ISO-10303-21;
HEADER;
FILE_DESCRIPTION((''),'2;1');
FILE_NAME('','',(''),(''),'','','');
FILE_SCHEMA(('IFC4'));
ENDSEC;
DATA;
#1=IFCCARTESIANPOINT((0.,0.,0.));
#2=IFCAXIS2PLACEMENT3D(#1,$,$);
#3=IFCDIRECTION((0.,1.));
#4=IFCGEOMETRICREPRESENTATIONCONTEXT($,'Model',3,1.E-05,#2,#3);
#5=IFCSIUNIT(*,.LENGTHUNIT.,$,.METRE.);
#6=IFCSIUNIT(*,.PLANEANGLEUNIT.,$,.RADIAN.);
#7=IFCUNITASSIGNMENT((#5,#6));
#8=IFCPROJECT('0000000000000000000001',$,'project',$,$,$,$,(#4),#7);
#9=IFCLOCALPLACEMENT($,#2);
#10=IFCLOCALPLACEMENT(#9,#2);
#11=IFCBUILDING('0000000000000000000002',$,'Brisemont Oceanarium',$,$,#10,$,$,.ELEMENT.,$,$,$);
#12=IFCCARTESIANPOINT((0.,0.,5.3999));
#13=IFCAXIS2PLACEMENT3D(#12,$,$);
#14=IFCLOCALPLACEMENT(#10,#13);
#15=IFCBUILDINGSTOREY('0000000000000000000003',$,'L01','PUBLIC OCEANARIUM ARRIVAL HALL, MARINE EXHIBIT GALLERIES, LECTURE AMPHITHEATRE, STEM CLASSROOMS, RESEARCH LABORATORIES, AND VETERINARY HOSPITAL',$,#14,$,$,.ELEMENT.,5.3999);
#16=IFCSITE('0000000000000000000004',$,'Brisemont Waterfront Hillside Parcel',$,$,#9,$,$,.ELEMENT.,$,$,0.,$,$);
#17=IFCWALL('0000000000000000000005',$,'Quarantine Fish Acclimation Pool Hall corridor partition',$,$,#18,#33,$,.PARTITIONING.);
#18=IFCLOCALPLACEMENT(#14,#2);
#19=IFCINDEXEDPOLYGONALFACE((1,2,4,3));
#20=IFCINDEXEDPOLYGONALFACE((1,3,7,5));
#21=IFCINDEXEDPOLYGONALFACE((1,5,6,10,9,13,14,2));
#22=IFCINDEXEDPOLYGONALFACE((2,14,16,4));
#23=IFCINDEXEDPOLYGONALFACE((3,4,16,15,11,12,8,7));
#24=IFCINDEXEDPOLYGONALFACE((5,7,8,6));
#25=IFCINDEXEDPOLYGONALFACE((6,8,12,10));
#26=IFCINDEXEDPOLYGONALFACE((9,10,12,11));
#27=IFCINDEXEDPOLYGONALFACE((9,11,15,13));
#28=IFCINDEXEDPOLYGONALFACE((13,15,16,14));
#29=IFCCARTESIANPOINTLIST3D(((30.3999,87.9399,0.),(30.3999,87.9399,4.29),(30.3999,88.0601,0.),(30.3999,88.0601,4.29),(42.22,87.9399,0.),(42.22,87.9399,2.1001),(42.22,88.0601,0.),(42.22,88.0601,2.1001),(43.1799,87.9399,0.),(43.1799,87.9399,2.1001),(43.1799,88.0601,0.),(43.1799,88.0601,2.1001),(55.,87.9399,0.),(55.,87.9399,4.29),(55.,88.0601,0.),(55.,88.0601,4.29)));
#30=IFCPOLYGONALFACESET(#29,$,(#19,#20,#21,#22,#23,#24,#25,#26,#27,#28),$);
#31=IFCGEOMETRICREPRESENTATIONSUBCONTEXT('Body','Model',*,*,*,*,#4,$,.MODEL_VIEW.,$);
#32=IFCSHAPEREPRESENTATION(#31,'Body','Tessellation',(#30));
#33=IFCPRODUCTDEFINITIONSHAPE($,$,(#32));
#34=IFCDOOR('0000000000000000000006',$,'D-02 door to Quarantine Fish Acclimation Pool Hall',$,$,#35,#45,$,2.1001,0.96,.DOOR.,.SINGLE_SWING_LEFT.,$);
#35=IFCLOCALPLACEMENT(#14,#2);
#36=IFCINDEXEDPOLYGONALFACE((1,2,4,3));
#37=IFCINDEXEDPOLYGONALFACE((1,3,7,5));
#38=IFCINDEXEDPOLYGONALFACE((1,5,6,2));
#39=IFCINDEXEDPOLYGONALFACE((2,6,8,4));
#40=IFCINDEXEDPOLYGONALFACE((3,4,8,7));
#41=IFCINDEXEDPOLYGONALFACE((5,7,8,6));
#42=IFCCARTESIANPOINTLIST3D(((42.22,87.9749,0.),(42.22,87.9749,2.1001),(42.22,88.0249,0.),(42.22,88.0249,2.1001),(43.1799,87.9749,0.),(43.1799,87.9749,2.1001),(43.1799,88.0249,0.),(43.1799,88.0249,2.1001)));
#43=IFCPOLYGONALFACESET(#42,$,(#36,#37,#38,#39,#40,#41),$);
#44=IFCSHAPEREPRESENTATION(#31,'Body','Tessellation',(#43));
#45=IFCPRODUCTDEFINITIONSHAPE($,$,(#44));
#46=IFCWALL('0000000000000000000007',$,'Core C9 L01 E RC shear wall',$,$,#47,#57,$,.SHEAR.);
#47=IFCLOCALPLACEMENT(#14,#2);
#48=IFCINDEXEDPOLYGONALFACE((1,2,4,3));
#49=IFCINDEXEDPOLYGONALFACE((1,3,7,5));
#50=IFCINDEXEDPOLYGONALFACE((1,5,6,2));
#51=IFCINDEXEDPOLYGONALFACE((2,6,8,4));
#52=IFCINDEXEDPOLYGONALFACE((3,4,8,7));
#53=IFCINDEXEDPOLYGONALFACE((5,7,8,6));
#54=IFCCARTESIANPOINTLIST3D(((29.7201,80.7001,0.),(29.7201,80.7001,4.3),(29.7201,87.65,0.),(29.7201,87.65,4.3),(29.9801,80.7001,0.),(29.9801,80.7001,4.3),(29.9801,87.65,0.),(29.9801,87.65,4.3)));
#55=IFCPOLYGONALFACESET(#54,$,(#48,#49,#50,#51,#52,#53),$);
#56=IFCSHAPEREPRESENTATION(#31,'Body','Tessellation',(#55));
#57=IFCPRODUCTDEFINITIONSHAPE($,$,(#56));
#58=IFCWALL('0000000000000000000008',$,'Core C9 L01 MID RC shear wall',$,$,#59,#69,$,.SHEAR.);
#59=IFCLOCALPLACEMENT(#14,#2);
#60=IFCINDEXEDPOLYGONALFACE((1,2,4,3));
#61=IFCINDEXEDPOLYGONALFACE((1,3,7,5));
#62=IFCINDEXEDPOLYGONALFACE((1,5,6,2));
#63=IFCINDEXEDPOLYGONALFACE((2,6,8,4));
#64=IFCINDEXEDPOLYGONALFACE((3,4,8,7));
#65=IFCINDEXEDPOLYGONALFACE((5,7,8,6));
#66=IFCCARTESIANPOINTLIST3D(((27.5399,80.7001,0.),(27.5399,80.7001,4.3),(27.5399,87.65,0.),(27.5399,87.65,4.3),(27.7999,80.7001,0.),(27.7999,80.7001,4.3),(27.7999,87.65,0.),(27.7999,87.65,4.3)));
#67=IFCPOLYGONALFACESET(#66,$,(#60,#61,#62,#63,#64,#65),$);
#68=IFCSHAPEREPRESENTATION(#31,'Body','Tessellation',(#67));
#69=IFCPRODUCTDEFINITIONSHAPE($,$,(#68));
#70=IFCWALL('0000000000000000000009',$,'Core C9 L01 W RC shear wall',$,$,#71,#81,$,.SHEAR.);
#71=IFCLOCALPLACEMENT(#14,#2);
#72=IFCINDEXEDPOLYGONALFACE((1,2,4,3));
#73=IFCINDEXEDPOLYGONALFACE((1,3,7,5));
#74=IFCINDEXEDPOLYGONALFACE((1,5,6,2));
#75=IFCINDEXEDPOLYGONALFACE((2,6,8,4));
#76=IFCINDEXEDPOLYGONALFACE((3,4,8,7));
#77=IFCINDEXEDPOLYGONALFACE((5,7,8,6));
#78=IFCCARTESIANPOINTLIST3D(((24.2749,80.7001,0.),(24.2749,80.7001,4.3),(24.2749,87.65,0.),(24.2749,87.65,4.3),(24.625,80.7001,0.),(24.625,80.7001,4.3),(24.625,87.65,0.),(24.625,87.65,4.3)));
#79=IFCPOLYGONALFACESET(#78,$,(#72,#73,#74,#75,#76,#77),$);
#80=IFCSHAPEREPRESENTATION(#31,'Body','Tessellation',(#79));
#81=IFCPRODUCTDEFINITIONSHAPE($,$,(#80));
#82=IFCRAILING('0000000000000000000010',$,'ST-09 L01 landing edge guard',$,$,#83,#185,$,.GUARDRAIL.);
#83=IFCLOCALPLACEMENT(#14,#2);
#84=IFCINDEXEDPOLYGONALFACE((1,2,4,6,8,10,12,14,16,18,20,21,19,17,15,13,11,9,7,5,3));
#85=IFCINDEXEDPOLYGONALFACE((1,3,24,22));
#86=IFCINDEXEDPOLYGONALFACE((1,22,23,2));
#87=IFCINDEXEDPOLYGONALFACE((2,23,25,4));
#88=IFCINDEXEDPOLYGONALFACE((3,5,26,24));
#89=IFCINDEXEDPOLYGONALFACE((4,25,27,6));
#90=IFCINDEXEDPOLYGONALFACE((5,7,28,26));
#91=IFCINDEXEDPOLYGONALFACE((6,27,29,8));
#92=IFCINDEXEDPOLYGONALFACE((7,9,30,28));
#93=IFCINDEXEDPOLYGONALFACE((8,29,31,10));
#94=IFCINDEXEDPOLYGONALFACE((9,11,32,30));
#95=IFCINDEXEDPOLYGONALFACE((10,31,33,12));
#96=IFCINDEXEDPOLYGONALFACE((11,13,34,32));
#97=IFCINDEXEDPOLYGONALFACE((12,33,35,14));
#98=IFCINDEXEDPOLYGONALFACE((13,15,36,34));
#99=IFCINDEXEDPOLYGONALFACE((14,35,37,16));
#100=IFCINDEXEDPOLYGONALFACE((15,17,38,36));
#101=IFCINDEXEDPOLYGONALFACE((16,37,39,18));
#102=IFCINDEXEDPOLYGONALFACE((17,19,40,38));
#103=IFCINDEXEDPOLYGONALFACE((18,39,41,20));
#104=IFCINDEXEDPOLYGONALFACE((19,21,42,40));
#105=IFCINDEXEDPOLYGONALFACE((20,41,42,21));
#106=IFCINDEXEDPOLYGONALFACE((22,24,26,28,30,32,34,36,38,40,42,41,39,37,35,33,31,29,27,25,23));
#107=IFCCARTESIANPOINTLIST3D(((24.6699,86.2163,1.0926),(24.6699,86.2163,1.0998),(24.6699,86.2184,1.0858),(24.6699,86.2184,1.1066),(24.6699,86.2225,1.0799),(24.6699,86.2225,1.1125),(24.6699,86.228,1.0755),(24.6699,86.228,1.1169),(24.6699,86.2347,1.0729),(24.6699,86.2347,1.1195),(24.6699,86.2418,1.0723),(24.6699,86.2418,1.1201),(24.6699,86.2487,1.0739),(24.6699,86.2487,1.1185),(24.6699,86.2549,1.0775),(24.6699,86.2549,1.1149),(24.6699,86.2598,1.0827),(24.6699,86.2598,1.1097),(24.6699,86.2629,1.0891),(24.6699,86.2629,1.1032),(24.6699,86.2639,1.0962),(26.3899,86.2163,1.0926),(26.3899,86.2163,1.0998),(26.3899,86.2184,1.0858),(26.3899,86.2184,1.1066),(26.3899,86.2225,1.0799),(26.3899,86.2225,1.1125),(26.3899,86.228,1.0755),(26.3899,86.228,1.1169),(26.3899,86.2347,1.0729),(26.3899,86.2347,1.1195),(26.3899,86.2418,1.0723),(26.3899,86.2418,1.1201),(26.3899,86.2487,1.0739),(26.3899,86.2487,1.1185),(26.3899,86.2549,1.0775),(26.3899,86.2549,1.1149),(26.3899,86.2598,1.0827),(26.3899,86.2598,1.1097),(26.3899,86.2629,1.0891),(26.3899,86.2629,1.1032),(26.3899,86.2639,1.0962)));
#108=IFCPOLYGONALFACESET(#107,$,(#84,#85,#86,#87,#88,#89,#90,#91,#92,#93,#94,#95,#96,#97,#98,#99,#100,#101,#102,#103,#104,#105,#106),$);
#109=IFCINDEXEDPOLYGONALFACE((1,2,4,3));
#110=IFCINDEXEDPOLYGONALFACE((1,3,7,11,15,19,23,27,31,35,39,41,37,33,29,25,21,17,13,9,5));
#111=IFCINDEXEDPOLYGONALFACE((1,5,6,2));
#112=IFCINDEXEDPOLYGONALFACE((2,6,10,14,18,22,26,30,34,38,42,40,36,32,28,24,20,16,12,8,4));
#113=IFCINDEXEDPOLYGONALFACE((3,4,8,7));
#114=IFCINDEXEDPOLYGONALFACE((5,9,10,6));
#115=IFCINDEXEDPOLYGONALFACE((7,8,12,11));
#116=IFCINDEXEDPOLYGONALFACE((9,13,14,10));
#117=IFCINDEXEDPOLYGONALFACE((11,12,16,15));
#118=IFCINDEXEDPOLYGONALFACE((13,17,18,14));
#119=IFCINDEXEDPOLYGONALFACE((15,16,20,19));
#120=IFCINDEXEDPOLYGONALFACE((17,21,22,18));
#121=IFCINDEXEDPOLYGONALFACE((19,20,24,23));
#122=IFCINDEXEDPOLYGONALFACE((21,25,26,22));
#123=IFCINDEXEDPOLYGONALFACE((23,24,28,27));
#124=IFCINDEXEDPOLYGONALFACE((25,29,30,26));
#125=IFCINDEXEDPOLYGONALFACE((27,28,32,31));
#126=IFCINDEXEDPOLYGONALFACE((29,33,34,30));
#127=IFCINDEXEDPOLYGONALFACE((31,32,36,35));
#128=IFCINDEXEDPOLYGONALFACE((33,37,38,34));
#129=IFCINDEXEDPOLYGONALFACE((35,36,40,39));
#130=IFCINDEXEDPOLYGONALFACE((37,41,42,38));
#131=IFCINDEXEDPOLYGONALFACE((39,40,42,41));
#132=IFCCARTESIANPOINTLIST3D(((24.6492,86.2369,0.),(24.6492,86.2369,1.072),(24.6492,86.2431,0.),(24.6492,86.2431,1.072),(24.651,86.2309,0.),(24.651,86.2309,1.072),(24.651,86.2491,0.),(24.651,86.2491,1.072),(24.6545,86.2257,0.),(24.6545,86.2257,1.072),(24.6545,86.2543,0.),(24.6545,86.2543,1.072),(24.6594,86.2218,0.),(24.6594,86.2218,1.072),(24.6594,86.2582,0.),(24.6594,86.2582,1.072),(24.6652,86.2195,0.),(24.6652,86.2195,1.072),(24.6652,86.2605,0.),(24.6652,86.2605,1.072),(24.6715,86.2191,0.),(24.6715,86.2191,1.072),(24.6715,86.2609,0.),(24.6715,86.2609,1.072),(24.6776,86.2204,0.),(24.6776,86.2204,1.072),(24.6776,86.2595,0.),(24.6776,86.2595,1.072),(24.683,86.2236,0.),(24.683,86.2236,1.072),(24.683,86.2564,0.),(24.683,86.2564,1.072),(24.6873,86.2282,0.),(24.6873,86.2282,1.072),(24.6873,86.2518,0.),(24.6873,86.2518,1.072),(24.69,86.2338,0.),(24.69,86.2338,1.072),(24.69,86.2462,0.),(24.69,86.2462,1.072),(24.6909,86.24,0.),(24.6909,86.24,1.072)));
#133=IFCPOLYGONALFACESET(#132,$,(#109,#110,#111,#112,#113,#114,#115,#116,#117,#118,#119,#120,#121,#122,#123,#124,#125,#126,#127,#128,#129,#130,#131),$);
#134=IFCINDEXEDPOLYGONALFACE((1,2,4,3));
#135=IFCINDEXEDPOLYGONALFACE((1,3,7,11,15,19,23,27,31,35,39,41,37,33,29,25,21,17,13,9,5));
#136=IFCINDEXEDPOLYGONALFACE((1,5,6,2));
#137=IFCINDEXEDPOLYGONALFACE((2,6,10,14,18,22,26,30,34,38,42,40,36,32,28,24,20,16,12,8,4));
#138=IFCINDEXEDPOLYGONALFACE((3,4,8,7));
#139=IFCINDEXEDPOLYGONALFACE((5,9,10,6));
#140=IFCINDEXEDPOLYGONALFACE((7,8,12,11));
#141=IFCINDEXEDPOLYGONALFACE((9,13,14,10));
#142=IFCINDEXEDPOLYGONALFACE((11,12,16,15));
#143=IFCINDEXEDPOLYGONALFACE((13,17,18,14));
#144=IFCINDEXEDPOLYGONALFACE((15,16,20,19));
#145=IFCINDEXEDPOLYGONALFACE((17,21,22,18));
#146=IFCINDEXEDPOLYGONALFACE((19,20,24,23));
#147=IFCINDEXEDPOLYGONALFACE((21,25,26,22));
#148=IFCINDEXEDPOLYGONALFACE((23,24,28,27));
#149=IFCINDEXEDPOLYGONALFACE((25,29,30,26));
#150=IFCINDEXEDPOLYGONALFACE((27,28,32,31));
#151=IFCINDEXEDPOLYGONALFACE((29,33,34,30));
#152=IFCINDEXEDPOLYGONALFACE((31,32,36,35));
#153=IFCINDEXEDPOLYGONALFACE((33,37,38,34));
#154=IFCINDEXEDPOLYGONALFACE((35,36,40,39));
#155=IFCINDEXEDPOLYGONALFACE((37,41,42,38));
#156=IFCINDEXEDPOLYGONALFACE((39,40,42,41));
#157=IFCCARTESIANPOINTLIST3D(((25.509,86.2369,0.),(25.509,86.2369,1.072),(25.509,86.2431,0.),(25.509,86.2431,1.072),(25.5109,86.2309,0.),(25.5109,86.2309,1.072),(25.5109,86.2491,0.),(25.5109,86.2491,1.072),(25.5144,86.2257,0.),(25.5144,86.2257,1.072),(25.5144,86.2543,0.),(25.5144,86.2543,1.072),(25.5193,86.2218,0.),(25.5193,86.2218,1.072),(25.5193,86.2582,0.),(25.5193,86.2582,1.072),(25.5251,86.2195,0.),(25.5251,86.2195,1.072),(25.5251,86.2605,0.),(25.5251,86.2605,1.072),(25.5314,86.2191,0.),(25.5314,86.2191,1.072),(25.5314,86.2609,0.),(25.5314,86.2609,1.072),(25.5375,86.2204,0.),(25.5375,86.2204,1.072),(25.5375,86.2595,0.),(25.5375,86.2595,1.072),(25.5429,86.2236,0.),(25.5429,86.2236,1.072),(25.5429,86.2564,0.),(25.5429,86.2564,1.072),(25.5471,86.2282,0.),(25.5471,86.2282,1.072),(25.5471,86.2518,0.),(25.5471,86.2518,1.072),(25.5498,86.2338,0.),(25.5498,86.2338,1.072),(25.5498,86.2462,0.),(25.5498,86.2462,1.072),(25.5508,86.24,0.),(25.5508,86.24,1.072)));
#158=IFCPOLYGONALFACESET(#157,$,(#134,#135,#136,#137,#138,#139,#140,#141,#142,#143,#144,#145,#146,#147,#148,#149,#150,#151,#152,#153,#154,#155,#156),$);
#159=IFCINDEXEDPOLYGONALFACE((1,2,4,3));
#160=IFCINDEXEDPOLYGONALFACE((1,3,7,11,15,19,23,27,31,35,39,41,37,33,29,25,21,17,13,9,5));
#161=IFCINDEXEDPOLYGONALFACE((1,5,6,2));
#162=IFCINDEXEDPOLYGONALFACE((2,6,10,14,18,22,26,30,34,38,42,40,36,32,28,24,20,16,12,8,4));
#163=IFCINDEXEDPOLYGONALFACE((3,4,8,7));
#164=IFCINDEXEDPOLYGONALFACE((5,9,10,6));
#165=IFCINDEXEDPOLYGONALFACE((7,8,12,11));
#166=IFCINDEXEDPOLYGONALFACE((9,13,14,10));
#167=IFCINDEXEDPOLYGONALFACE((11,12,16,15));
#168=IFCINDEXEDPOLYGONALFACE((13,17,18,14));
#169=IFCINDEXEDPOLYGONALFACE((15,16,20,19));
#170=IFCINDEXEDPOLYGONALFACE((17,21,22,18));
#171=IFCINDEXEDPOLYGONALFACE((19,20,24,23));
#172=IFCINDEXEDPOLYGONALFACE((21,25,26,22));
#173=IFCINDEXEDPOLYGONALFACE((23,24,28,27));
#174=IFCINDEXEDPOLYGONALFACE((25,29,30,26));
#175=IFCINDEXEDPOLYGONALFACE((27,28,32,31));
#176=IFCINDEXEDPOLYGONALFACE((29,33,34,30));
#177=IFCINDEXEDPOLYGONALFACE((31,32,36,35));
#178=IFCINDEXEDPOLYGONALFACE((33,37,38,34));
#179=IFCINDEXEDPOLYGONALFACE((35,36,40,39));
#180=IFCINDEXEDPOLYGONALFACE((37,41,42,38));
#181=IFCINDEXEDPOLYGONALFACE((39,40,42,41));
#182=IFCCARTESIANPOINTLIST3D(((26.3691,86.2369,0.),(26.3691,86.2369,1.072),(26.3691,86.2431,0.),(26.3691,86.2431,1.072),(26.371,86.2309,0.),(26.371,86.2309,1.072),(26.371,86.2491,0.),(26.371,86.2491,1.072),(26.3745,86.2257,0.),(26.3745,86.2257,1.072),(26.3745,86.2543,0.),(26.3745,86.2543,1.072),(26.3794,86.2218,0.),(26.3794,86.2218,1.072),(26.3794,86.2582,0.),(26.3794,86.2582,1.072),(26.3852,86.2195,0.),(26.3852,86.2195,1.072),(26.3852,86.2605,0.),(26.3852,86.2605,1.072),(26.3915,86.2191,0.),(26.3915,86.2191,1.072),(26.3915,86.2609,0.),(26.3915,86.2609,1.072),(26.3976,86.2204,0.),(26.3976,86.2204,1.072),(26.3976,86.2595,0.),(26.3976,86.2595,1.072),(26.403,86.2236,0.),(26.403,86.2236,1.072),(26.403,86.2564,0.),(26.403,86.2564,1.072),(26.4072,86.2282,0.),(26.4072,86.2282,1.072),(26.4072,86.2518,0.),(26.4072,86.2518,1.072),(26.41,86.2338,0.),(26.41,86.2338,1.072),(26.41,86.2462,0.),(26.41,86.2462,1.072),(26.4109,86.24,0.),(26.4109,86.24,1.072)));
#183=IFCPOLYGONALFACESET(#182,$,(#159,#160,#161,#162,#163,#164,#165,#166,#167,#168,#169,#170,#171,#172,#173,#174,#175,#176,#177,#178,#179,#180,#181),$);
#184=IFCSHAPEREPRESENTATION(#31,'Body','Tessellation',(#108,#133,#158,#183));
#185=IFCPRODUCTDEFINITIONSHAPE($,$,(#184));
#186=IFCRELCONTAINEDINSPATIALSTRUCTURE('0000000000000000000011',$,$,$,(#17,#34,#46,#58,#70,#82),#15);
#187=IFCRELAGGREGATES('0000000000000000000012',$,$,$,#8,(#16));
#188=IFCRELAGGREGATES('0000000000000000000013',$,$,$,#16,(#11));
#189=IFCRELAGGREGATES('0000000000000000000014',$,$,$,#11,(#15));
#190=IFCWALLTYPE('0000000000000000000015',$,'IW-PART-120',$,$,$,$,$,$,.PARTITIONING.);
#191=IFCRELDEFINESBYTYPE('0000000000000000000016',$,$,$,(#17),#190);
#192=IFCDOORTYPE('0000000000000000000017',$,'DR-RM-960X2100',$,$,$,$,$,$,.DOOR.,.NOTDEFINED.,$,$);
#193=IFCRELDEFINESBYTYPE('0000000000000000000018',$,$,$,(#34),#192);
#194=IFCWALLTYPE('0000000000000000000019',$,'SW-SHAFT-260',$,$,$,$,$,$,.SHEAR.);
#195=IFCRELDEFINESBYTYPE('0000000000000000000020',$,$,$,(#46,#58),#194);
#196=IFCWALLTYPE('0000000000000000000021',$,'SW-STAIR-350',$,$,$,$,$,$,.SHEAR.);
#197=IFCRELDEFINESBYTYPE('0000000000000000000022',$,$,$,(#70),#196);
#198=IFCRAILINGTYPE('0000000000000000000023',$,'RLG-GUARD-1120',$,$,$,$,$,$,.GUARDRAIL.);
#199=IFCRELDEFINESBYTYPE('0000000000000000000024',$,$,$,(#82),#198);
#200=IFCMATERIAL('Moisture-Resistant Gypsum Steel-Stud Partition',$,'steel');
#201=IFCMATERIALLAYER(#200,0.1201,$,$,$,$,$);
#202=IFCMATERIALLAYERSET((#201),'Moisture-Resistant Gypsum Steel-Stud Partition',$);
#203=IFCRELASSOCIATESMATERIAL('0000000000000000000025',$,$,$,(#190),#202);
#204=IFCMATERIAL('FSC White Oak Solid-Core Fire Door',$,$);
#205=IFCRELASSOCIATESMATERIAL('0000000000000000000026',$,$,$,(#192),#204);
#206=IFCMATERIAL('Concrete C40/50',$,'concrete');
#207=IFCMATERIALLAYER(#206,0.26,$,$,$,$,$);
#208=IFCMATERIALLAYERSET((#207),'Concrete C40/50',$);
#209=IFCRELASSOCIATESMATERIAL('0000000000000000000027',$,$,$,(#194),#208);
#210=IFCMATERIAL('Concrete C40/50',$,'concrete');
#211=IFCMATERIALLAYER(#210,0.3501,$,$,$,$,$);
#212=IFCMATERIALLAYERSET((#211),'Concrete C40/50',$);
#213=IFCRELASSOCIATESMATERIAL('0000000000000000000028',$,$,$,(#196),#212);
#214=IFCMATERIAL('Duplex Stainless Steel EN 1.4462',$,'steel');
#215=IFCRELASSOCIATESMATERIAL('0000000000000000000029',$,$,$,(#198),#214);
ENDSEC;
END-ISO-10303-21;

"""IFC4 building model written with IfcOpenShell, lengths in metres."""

from ifc_helpers import new_model, si_unit, direction, frame, frame_2d, origin, origin_2d, place, context, subcontext, project, spatial, rectangle, circle, extrude, material, layer, layer_set, type_object, element, fill, save


model = new_model("IFC4")

# Units and contexts
model_context = context("Model", 3, precision=1e-05, world=origin(), true_north=direction((0.0, 1.0)))
body_context = subcontext(model_context, "Body", "Model", "MODEL_VIEW")
ifc_project = project(units=[si_unit("LENGTHUNIT", "METRE"), si_unit("PLANEANGLEUNIT", "RADIAN")], contexts=[model_context])

# Site, building, storey
site_placement = place(None, origin())
site = spatial("IfcSite", under=ifc_project, at=site_placement, Name="Brisemont Waterfront Hillside Parcel", CompositionType="ELEMENT", RefElevation=0.0)
building_placement = place(site_placement, origin())
building = spatial("IfcBuilding", under=site, at=building_placement, Name="Brisemont Oceanarium", CompositionType="ELEMENT")
storey_placement = place(building_placement, frame((0.0, 0.0, 5.3999)))
storey = spatial("IfcBuildingStorey", under=building, at=storey_placement, Name="L01", Description="PUBLIC OCEANARIUM ARRIVAL HALL, MARINE EXHIBIT GALLERIES, LECTURE AMPHITHEATRE, STEM CLASSROOMS, RESEARCH LABORATORIES, AND VETERINARY HOSPITAL", CompositionType="ELEMENT", Elevation=5.3999)

# Wall, opening, door
ifc_material_1 = material(Name="Moisture-Resistant Gypsum Steel-Stud Partition", Category="steel")
ifc_layer_1 = layer(ifc_material_1, 0.1201)
ifc_layer_set_1 = layer_set([ifc_layer_1], Name="Moisture-Resistant Gypsum Steel-Stud Partition")
wall_type_1 = type_object("IfcWallType", Name="IW-PART-120", PredefinedType="PARTITIONING", material=ifc_layer_set_1)
wall_1_placement = place(storey_placement, frame((30.3999, 88.0, 0.0), z_axis=(0.0, 0.0, 1.0), x_axis=(1.0, 0.0, 0.0)))
wall_1 = element("IfcWall", 1, at=wall_1_placement, inside=storey, type_object=wall_type_1, Name="Quarantine Fish Acclimation Pool Hall corridor partition", PredefinedType="PARTITIONING", context=body_context, shape_type="SweptSolid", body=[
    extrude(rectangle(XDim=24.6001, YDim=0.1201, at=frame_2d((12.3, 0.0))), origin(), (0.0, 0.0, 1.0), 4.29),
])
opening_1_placement = place(wall_1_placement, frame((11.8201, 0.0, 0.0)))
opening_1 = element("IfcOpeningElement", 2, at=opening_1_placement, cuts=wall_1, PredefinedType="OPENING", context=body_context, shape_type="SweptSolid", body=[
    extrude(rectangle(XDim=0.96, YDim=2.1001, at=frame_2d((0.48, 1.05))), frame((0.0, 0.0701, 0.0), z_axis=(0.0, -1.0, 0.0), x_axis=(1.0, 0.0, 0.0)), (0.0, 0.0, 1.0), 0.1401),
])
ifc_material_2 = material(Name="FSC White Oak Solid-Core Fire Door")
door_type_1 = type_object("IfcDoorType", Name="DR-RM-960X2100", OperationType="NOTDEFINED", PredefinedType="DOOR", material=ifc_material_2)
door_1_placement = place(opening_1_placement, origin())
door_1 = element("IfcDoor", 3, at=door_1_placement, inside=storey, type_object=door_type_1, Name="D-02 door to Quarantine Fish Acclimation Pool Hall", OperationType="SINGLE_SWING_LEFT", OverallHeight=2.1001, OverallWidth=0.96, PredefinedType="DOOR", context=body_context, shape_type="SweptSolid", body=[
    extrude(rectangle(XDim=0.96, YDim=2.1001, at=frame_2d((0.48, 1.05))), frame((0.0, 0.0249, 0.0), z_axis=(0.0, -1.0, 0.0), x_axis=(1.0, 0.0, 0.0)), (0.0, 0.0, 1.0), 0.05),
])
fill(opening_1, door_1)

# Walls
ifc_material_3 = material(Name="Concrete C40/50", Category="concrete")
ifc_layer_2 = layer(ifc_material_3, 0.26)
ifc_layer_set_2 = layer_set([ifc_layer_2], Name="Concrete C40/50")
wall_type_2 = type_object("IfcWallType", Name="SW-SHAFT-260", PredefinedType="SHEAR", material=ifc_layer_set_2)
for number, where, z_axis, x_axis, name in (
    (4, (29.8501, 80.7, 0.0), (0.0, 0.0, 1.0), (0.0, 1.0, 0.0), "Core C9 L01 E RC shear wall"),
    (5, (27.6699, 80.7, 0.0), (0.0, 0.0, 1.0), (0.0, 1.0, 0.0), "Core C9 L01 MID RC shear wall"),
):
    element("IfcWall", number, at=place(storey_placement, frame(where, z_axis=z_axis, x_axis=x_axis)), inside=storey, type_object=wall_type_2, Name=name, PredefinedType="SHEAR", context=body_context, shape_type="SweptSolid", body=[
        extrude(rectangle(XDim=6.95, YDim=0.26, at=frame_2d((3.4751, 0.0))), origin(), (0.0, 0.0, 1.0), 4.3),
    ])

# Shared definitions
ifc_material_4 = material(Name="Concrete C40/50", Category="concrete")
ifc_layer_3 = layer(ifc_material_4, 0.3501)
ifc_layer_set_3 = layer_set([ifc_layer_3], Name="Concrete C40/50")
wall_type_3 = type_object("IfcWallType", Name="SW-STAIR-350", PredefinedType="SHEAR", material=ifc_layer_set_3)

# Wall
wall_2_placement = place(storey_placement, frame((24.45, 80.7, 0.0), z_axis=(0.0, 0.0, 1.0), x_axis=(0.0, 1.0, 0.0)))
element("IfcWall", 6, at=wall_2_placement, inside=storey, type_object=wall_type_3, Name="Core C9 L01 W RC shear wall", PredefinedType="SHEAR", context=body_context, shape_type="SweptSolid", body=[
    extrude(rectangle(XDim=6.95, YDim=0.3501, at=frame_2d((3.4751, 0.0))), origin(), (0.0, 0.0, 1.0), 4.3),
])

# Railing
ifc_material_5 = material(Name="Duplex Stainless Steel EN 1.4462", Category="steel")
railing_type = type_object("IfcRailingType", Name="RLG-GUARD-1120", PredefinedType="GUARDRAIL", material=ifc_material_5)
railing_placement = place(storey_placement, frame((24.6699, 86.24, 0.0)))
element("IfcRailing", 7, at=railing_placement, inside=storey, type_object=railing_type, Name="ST-09 L01 landing edge guard", PredefinedType="GUARDRAIL", context=body_context, shape_type="SweptSolid", body=[
    extrude(circle(Radius=0.0239, at=origin_2d()), frame((0.0, 0.0, 1.0962), z_axis=(1.0, 0.0, 0.0), x_axis=(0.0, 1.0, 0.0)), (0.0, 0.0, 1.0), 1.72),
    extrude(circle(Radius=0.021, at=origin_2d()), origin(), (0.0, 0.0, 1.0), 1.072),
    extrude(circle(Radius=0.021, at=origin_2d()), frame((0.8599, 0.0, 0.0)), (0.0, 0.0, 1.0), 1.072),
    extrude(circle(Radius=0.021, at=origin_2d()), frame((1.72, 0.0, 0.0)), (0.0, 0.0, 1.0), 1.072),
])

save(model, "model.ifc")
